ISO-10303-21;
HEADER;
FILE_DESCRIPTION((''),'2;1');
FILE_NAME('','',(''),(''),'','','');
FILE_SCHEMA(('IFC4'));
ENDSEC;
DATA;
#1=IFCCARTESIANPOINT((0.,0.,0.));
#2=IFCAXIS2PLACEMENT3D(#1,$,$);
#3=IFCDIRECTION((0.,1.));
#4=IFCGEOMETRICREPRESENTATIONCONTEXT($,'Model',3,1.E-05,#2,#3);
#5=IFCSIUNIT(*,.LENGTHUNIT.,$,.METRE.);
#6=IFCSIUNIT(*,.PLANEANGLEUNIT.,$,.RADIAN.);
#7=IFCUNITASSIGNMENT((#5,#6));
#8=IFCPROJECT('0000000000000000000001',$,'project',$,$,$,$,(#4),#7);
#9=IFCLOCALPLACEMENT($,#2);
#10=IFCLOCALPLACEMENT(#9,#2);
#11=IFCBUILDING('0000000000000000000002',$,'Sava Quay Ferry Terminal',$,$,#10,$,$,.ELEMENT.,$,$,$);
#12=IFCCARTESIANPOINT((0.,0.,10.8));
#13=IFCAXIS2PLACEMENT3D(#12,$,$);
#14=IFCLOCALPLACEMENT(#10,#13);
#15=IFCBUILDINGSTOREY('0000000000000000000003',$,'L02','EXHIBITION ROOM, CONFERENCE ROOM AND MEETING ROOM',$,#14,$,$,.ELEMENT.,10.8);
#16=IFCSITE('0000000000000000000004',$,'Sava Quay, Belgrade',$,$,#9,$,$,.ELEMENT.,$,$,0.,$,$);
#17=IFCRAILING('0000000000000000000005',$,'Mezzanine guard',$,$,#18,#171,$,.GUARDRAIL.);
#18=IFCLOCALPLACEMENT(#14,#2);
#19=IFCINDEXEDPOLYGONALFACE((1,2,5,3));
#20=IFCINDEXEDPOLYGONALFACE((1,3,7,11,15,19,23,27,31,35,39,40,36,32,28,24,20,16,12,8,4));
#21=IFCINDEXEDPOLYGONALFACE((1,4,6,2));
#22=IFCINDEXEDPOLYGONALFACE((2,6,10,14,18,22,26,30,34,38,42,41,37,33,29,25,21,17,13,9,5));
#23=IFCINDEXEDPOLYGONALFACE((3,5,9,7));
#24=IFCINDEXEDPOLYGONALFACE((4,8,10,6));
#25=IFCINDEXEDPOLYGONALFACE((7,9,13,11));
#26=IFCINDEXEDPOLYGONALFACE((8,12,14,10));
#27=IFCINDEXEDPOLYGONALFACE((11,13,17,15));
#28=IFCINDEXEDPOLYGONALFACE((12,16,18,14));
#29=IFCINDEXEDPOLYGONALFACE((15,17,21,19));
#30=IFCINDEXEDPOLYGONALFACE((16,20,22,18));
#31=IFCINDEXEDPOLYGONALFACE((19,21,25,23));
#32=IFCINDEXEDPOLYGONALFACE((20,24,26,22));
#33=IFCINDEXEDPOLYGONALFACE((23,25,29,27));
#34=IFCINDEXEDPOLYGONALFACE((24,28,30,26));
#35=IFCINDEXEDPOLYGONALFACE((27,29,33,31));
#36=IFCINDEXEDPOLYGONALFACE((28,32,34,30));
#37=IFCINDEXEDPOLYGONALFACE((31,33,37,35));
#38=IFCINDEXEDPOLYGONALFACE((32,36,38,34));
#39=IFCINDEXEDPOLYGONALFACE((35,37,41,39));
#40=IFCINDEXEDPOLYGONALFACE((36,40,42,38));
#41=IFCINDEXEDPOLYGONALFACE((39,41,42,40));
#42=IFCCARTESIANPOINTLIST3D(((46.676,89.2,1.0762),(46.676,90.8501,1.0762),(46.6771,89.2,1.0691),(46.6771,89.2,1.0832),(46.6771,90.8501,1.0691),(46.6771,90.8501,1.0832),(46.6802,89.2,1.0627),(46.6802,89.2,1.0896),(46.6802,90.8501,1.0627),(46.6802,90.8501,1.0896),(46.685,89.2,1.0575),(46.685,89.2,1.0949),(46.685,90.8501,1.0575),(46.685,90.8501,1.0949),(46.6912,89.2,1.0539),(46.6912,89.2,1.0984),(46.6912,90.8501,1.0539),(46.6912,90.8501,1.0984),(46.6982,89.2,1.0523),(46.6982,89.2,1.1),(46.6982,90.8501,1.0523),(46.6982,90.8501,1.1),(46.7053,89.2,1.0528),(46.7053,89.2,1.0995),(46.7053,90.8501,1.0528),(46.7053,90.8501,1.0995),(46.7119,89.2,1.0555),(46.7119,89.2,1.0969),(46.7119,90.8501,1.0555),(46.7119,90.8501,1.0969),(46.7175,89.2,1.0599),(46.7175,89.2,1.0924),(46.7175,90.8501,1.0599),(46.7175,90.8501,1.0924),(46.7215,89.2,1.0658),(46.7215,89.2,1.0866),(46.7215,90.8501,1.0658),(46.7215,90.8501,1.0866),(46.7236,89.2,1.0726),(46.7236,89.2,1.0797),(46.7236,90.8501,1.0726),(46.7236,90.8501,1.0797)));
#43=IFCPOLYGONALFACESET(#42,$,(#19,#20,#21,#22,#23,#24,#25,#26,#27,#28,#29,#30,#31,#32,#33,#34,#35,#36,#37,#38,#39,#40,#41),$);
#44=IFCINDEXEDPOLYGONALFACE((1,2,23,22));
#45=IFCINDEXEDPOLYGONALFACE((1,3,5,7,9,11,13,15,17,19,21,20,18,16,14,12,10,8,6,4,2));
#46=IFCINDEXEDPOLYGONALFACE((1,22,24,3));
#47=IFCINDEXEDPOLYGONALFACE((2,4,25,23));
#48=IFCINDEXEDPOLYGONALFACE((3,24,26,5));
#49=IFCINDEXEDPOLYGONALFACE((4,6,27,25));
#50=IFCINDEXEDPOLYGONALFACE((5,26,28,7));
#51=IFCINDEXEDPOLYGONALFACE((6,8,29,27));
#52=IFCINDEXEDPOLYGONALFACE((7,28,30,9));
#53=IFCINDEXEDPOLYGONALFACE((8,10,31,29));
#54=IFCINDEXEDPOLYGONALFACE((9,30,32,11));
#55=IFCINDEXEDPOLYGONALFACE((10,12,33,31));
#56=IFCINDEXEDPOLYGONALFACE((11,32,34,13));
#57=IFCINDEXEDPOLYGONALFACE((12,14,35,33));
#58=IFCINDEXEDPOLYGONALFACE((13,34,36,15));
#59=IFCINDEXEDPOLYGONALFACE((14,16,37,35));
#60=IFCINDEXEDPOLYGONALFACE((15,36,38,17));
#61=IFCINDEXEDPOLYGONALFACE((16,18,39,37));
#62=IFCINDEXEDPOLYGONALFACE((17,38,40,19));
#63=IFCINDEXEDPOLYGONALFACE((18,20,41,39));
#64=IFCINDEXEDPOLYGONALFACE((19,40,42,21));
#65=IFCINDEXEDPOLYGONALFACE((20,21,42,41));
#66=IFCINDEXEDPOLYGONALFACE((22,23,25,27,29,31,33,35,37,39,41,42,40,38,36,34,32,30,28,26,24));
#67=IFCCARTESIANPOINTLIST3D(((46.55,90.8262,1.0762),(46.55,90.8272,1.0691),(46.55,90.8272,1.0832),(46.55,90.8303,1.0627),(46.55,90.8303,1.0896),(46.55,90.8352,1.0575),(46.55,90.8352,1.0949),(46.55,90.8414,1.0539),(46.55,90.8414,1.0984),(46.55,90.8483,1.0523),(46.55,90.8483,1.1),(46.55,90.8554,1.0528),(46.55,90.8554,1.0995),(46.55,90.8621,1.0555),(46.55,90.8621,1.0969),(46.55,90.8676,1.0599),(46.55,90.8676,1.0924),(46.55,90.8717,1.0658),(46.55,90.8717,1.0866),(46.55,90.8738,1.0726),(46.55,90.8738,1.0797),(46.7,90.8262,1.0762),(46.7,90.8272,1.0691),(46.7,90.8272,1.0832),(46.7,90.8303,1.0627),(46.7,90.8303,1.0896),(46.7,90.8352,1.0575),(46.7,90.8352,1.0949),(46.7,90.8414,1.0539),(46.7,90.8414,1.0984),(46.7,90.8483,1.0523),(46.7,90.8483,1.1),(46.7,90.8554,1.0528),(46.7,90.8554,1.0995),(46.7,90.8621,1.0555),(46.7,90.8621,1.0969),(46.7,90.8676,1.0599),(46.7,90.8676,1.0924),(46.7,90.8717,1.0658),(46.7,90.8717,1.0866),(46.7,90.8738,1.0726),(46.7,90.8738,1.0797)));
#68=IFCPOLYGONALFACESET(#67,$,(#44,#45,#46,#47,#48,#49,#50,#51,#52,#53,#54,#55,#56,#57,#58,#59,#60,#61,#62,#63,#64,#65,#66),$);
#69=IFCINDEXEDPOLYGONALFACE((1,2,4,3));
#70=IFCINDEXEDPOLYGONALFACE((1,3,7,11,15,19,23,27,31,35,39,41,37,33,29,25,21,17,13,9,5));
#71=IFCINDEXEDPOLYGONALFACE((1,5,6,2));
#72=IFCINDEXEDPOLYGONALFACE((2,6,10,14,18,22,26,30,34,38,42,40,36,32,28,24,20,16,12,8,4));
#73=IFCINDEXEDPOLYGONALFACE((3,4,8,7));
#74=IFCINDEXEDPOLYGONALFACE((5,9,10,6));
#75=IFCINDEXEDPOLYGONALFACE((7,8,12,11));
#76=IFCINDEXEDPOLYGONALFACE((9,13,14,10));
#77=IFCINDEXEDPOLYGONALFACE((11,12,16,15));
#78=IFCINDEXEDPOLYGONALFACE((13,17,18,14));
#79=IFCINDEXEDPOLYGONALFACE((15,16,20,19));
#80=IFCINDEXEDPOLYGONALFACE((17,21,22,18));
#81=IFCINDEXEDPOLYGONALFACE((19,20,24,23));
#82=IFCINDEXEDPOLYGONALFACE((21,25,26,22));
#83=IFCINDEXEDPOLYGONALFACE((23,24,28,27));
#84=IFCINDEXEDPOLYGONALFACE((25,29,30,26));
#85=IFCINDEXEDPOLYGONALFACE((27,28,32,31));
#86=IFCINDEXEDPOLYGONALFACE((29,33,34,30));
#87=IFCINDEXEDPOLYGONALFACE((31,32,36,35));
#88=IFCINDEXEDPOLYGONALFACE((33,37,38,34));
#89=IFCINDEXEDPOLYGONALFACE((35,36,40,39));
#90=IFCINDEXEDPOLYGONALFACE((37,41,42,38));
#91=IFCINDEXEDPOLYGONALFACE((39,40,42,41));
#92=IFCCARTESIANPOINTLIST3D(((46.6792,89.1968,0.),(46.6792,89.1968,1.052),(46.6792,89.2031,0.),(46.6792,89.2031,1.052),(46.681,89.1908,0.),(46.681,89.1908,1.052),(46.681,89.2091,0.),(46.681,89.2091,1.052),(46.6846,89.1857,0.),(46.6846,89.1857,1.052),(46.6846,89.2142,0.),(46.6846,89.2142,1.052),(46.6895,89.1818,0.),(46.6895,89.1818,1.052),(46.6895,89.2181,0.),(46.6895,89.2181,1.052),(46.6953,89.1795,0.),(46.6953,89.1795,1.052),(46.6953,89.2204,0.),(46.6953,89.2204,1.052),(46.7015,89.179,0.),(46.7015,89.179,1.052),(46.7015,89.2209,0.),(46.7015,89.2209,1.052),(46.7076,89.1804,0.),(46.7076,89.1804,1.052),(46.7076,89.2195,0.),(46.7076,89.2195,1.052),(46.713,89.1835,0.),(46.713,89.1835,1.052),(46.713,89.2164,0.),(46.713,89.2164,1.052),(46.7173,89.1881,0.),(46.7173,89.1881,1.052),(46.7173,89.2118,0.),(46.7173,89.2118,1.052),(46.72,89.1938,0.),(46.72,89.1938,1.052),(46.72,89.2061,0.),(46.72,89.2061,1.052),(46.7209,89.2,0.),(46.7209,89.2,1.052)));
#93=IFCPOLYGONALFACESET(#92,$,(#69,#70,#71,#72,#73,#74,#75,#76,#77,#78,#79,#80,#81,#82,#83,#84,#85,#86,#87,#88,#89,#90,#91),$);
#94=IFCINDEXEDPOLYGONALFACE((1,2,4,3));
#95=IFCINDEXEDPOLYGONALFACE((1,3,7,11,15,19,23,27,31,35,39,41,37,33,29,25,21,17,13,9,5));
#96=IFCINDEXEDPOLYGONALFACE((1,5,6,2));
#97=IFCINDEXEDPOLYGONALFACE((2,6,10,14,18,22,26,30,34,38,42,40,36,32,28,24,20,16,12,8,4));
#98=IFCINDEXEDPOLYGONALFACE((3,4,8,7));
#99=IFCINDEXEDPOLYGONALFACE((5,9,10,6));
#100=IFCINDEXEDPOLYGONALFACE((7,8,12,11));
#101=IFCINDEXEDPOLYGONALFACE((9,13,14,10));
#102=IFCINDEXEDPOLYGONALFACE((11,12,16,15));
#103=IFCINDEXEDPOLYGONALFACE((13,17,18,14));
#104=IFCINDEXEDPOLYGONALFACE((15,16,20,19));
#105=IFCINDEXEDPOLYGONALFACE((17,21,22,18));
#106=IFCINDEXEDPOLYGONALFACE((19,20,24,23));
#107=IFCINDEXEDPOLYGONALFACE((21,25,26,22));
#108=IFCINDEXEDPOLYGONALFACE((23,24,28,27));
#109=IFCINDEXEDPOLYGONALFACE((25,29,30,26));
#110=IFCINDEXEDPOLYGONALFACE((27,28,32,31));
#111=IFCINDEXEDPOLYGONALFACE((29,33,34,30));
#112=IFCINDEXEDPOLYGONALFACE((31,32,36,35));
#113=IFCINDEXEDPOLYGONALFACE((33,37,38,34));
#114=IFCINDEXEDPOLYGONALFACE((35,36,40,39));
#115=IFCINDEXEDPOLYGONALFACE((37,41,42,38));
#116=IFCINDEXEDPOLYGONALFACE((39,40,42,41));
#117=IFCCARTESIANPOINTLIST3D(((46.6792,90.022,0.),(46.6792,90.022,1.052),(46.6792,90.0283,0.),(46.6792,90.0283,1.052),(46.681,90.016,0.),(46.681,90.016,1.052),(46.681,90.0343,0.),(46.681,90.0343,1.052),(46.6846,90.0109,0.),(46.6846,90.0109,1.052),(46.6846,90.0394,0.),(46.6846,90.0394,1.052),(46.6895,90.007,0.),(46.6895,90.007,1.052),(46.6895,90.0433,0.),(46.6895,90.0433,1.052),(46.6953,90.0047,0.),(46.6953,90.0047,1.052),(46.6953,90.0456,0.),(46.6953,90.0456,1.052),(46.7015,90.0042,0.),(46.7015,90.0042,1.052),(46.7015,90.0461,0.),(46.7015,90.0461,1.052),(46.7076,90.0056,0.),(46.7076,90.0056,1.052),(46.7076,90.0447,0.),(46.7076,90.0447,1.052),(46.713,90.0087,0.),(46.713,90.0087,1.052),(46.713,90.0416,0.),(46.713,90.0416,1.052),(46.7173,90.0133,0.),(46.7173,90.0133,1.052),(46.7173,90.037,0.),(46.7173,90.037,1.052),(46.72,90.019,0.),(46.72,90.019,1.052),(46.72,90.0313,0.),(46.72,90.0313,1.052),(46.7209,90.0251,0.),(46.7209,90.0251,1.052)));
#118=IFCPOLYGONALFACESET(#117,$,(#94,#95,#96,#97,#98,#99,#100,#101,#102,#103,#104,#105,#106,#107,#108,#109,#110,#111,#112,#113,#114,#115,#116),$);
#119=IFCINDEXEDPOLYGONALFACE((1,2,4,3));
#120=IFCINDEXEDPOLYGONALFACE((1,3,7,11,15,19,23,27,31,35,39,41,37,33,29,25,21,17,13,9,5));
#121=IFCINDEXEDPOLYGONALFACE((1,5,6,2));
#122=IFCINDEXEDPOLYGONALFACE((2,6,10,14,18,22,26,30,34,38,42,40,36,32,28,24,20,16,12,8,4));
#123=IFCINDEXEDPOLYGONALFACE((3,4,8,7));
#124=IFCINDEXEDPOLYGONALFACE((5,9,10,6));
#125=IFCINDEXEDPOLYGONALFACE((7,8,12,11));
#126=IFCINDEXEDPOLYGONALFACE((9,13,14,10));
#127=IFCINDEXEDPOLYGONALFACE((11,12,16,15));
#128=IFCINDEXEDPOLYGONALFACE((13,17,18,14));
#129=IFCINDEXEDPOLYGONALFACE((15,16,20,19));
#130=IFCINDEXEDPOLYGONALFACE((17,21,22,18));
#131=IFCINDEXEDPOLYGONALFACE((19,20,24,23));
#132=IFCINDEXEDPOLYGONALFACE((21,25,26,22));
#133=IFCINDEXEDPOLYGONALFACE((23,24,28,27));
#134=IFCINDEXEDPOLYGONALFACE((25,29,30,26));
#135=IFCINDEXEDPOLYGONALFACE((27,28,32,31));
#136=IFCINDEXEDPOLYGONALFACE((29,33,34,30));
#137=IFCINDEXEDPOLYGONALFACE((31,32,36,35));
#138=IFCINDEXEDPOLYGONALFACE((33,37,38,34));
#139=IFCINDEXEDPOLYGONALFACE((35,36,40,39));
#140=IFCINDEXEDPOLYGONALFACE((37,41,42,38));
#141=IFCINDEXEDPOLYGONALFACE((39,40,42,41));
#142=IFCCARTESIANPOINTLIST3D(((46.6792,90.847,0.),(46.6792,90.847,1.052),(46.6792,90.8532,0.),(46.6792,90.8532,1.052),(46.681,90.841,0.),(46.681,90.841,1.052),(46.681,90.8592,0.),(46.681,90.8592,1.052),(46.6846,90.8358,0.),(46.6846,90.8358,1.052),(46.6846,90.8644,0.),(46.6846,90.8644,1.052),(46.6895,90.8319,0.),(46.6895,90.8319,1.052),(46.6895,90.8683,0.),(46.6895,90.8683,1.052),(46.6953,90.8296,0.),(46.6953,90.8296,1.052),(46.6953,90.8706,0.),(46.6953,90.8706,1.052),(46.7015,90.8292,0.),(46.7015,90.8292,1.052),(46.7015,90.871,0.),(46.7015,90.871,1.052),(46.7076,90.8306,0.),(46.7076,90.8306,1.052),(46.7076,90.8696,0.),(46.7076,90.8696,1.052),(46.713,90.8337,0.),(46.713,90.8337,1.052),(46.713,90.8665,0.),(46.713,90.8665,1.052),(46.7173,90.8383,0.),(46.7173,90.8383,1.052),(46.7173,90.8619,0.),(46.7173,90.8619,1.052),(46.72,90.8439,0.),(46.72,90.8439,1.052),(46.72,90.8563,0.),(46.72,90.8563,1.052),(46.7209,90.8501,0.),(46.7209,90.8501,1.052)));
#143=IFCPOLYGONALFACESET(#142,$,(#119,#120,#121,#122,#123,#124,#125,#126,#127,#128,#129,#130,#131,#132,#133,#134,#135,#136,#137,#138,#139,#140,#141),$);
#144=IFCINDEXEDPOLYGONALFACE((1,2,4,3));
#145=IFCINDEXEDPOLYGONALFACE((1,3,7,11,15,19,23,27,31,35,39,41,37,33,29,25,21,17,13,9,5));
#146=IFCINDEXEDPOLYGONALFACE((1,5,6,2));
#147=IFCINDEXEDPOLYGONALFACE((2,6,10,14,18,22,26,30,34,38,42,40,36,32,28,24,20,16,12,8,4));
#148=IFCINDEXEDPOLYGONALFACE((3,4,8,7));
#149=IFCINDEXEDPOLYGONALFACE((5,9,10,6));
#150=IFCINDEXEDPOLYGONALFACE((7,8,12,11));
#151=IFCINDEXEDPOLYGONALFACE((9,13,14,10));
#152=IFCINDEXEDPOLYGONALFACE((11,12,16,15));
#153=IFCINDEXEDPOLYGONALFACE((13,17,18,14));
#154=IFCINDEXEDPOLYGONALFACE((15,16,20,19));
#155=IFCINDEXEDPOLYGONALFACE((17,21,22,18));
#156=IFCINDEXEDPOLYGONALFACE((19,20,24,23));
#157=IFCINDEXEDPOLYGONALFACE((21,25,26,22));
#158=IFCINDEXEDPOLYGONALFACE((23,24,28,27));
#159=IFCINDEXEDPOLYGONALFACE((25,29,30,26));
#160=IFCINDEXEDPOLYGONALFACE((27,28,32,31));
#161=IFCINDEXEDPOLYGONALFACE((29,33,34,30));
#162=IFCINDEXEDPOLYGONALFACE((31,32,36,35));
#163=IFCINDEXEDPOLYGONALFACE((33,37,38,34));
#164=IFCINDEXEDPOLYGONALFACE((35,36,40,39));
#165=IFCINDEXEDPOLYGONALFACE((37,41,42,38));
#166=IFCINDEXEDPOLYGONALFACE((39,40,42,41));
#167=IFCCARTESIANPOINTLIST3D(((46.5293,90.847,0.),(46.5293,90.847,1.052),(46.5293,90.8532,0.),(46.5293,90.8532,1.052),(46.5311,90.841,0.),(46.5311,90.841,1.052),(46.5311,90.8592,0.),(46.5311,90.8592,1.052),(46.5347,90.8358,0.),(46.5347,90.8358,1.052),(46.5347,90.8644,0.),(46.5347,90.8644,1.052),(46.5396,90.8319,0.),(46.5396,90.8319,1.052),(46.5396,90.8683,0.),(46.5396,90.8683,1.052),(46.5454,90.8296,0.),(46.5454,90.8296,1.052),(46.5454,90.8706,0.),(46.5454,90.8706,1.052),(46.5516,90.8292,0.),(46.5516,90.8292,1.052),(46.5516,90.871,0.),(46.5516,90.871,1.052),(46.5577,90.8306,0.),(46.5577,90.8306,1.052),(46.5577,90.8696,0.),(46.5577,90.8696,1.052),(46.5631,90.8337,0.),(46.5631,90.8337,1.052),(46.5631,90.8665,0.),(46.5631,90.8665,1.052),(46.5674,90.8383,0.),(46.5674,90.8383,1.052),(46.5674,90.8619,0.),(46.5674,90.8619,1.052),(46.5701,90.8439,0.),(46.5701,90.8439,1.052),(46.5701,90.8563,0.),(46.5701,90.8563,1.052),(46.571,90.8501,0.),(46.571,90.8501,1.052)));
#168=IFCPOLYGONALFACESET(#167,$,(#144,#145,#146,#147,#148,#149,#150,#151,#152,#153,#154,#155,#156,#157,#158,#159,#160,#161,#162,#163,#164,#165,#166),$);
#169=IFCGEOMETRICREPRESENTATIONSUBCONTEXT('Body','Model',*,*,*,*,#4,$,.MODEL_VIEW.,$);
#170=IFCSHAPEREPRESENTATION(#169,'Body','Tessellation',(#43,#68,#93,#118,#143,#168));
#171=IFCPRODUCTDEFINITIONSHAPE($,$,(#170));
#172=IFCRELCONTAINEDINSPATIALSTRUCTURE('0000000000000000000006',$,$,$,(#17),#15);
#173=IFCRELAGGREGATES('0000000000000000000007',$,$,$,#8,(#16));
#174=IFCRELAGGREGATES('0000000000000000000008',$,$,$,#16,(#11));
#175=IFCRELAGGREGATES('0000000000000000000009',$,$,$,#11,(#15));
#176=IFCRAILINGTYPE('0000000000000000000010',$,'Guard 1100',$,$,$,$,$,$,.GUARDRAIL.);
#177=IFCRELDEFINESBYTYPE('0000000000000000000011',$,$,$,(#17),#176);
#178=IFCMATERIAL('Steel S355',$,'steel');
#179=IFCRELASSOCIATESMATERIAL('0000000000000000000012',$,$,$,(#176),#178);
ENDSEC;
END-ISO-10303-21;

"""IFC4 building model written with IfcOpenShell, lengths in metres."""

from ifc_helpers import new_model, si_unit, direction, frame, origin, origin_2d, place, context, subcontext, project, spatial, circle, extrude, material, type_object, element, save


model = new_model("IFC4")

# Units and contexts
model_context = context("Model", 3, precision=1e-05, world=origin(), true_north=direction((0.0, 1.0)))
body_context = subcontext(model_context, "Body", "Model", "MODEL_VIEW")
ifc_project = project(units=[si_unit("LENGTHUNIT", "METRE"), si_unit("PLANEANGLEUNIT", "RADIAN")], contexts=[model_context])

# Site, building, storey
site_placement = place(None, origin())
site = spatial("IfcSite", under=ifc_project, at=site_placement, Name="Sava Quay, Belgrade", CompositionType="ELEMENT", RefElevation=0.0)
building_placement = place(site_placement, origin())
building = spatial("IfcBuilding", under=site, at=building_placement, Name="Sava Quay Ferry Terminal", CompositionType="ELEMENT")
storey_placement = place(building_placement, frame((0.0, 0.0, 10.8)))
storey = spatial("IfcBuildingStorey", under=building, at=storey_placement, Name="L02", Description="EXHIBITION ROOM, CONFERENCE ROOM AND MEETING ROOM", CompositionType="ELEMENT", Elevation=10.8)

# Railing
ifc_material_1 = material(Name="Steel S355", Category="steel")
railing_type = type_object("IfcRailingType", Name="Guard 1100", PredefinedType="GUARDRAIL", material=ifc_material_1)
railing_1_placement = place(storey_placement, frame((46.7, 89.2, 0.0)))
element("IfcRailing", 1, at=railing_1_placement, inside=storey, type_object=railing_type, Name="Mezzanine guard", PredefinedType="GUARDRAIL", context=body_context, shape_type="SweptSolid", body=[
    extrude(circle(Radius=0.0239, at=origin_2d()), frame((0.0, 0.0, 1.0762), z_axis=(0.0, 1.0, 0.0), x_axis=(-1.0, 0.0, 0.0)), (0.0, 0.0, 1.0), 1.6501),
    extrude(circle(Radius=0.0239, at=origin_2d()), frame((0.0, 1.6501, 1.0762), z_axis=(-1.0, 0.0, 0.0), x_axis=(0.0, -1.0, 0.0)), (0.0, 0.0, 1.0), 0.1499),
    extrude(circle(Radius=0.021, at=origin_2d()), origin(), (0.0, 0.0, 1.0), 1.052),
    extrude(circle(Radius=0.021, at=origin_2d()), frame((0.0, 0.8252, 0.0)), (0.0, 0.0, 1.0), 1.052),
    extrude(circle(Radius=0.021, at=origin_2d()), frame((0.0, 1.6501, 0.0)), (0.0, 0.0, 1.0), 1.052),
    extrude(circle(Radius=0.021, at=origin_2d()), frame((-0.1499, 1.6501, 0.0)), (0.0, 0.0, 1.0), 1.052),
])

save(model, "model.ifc")
